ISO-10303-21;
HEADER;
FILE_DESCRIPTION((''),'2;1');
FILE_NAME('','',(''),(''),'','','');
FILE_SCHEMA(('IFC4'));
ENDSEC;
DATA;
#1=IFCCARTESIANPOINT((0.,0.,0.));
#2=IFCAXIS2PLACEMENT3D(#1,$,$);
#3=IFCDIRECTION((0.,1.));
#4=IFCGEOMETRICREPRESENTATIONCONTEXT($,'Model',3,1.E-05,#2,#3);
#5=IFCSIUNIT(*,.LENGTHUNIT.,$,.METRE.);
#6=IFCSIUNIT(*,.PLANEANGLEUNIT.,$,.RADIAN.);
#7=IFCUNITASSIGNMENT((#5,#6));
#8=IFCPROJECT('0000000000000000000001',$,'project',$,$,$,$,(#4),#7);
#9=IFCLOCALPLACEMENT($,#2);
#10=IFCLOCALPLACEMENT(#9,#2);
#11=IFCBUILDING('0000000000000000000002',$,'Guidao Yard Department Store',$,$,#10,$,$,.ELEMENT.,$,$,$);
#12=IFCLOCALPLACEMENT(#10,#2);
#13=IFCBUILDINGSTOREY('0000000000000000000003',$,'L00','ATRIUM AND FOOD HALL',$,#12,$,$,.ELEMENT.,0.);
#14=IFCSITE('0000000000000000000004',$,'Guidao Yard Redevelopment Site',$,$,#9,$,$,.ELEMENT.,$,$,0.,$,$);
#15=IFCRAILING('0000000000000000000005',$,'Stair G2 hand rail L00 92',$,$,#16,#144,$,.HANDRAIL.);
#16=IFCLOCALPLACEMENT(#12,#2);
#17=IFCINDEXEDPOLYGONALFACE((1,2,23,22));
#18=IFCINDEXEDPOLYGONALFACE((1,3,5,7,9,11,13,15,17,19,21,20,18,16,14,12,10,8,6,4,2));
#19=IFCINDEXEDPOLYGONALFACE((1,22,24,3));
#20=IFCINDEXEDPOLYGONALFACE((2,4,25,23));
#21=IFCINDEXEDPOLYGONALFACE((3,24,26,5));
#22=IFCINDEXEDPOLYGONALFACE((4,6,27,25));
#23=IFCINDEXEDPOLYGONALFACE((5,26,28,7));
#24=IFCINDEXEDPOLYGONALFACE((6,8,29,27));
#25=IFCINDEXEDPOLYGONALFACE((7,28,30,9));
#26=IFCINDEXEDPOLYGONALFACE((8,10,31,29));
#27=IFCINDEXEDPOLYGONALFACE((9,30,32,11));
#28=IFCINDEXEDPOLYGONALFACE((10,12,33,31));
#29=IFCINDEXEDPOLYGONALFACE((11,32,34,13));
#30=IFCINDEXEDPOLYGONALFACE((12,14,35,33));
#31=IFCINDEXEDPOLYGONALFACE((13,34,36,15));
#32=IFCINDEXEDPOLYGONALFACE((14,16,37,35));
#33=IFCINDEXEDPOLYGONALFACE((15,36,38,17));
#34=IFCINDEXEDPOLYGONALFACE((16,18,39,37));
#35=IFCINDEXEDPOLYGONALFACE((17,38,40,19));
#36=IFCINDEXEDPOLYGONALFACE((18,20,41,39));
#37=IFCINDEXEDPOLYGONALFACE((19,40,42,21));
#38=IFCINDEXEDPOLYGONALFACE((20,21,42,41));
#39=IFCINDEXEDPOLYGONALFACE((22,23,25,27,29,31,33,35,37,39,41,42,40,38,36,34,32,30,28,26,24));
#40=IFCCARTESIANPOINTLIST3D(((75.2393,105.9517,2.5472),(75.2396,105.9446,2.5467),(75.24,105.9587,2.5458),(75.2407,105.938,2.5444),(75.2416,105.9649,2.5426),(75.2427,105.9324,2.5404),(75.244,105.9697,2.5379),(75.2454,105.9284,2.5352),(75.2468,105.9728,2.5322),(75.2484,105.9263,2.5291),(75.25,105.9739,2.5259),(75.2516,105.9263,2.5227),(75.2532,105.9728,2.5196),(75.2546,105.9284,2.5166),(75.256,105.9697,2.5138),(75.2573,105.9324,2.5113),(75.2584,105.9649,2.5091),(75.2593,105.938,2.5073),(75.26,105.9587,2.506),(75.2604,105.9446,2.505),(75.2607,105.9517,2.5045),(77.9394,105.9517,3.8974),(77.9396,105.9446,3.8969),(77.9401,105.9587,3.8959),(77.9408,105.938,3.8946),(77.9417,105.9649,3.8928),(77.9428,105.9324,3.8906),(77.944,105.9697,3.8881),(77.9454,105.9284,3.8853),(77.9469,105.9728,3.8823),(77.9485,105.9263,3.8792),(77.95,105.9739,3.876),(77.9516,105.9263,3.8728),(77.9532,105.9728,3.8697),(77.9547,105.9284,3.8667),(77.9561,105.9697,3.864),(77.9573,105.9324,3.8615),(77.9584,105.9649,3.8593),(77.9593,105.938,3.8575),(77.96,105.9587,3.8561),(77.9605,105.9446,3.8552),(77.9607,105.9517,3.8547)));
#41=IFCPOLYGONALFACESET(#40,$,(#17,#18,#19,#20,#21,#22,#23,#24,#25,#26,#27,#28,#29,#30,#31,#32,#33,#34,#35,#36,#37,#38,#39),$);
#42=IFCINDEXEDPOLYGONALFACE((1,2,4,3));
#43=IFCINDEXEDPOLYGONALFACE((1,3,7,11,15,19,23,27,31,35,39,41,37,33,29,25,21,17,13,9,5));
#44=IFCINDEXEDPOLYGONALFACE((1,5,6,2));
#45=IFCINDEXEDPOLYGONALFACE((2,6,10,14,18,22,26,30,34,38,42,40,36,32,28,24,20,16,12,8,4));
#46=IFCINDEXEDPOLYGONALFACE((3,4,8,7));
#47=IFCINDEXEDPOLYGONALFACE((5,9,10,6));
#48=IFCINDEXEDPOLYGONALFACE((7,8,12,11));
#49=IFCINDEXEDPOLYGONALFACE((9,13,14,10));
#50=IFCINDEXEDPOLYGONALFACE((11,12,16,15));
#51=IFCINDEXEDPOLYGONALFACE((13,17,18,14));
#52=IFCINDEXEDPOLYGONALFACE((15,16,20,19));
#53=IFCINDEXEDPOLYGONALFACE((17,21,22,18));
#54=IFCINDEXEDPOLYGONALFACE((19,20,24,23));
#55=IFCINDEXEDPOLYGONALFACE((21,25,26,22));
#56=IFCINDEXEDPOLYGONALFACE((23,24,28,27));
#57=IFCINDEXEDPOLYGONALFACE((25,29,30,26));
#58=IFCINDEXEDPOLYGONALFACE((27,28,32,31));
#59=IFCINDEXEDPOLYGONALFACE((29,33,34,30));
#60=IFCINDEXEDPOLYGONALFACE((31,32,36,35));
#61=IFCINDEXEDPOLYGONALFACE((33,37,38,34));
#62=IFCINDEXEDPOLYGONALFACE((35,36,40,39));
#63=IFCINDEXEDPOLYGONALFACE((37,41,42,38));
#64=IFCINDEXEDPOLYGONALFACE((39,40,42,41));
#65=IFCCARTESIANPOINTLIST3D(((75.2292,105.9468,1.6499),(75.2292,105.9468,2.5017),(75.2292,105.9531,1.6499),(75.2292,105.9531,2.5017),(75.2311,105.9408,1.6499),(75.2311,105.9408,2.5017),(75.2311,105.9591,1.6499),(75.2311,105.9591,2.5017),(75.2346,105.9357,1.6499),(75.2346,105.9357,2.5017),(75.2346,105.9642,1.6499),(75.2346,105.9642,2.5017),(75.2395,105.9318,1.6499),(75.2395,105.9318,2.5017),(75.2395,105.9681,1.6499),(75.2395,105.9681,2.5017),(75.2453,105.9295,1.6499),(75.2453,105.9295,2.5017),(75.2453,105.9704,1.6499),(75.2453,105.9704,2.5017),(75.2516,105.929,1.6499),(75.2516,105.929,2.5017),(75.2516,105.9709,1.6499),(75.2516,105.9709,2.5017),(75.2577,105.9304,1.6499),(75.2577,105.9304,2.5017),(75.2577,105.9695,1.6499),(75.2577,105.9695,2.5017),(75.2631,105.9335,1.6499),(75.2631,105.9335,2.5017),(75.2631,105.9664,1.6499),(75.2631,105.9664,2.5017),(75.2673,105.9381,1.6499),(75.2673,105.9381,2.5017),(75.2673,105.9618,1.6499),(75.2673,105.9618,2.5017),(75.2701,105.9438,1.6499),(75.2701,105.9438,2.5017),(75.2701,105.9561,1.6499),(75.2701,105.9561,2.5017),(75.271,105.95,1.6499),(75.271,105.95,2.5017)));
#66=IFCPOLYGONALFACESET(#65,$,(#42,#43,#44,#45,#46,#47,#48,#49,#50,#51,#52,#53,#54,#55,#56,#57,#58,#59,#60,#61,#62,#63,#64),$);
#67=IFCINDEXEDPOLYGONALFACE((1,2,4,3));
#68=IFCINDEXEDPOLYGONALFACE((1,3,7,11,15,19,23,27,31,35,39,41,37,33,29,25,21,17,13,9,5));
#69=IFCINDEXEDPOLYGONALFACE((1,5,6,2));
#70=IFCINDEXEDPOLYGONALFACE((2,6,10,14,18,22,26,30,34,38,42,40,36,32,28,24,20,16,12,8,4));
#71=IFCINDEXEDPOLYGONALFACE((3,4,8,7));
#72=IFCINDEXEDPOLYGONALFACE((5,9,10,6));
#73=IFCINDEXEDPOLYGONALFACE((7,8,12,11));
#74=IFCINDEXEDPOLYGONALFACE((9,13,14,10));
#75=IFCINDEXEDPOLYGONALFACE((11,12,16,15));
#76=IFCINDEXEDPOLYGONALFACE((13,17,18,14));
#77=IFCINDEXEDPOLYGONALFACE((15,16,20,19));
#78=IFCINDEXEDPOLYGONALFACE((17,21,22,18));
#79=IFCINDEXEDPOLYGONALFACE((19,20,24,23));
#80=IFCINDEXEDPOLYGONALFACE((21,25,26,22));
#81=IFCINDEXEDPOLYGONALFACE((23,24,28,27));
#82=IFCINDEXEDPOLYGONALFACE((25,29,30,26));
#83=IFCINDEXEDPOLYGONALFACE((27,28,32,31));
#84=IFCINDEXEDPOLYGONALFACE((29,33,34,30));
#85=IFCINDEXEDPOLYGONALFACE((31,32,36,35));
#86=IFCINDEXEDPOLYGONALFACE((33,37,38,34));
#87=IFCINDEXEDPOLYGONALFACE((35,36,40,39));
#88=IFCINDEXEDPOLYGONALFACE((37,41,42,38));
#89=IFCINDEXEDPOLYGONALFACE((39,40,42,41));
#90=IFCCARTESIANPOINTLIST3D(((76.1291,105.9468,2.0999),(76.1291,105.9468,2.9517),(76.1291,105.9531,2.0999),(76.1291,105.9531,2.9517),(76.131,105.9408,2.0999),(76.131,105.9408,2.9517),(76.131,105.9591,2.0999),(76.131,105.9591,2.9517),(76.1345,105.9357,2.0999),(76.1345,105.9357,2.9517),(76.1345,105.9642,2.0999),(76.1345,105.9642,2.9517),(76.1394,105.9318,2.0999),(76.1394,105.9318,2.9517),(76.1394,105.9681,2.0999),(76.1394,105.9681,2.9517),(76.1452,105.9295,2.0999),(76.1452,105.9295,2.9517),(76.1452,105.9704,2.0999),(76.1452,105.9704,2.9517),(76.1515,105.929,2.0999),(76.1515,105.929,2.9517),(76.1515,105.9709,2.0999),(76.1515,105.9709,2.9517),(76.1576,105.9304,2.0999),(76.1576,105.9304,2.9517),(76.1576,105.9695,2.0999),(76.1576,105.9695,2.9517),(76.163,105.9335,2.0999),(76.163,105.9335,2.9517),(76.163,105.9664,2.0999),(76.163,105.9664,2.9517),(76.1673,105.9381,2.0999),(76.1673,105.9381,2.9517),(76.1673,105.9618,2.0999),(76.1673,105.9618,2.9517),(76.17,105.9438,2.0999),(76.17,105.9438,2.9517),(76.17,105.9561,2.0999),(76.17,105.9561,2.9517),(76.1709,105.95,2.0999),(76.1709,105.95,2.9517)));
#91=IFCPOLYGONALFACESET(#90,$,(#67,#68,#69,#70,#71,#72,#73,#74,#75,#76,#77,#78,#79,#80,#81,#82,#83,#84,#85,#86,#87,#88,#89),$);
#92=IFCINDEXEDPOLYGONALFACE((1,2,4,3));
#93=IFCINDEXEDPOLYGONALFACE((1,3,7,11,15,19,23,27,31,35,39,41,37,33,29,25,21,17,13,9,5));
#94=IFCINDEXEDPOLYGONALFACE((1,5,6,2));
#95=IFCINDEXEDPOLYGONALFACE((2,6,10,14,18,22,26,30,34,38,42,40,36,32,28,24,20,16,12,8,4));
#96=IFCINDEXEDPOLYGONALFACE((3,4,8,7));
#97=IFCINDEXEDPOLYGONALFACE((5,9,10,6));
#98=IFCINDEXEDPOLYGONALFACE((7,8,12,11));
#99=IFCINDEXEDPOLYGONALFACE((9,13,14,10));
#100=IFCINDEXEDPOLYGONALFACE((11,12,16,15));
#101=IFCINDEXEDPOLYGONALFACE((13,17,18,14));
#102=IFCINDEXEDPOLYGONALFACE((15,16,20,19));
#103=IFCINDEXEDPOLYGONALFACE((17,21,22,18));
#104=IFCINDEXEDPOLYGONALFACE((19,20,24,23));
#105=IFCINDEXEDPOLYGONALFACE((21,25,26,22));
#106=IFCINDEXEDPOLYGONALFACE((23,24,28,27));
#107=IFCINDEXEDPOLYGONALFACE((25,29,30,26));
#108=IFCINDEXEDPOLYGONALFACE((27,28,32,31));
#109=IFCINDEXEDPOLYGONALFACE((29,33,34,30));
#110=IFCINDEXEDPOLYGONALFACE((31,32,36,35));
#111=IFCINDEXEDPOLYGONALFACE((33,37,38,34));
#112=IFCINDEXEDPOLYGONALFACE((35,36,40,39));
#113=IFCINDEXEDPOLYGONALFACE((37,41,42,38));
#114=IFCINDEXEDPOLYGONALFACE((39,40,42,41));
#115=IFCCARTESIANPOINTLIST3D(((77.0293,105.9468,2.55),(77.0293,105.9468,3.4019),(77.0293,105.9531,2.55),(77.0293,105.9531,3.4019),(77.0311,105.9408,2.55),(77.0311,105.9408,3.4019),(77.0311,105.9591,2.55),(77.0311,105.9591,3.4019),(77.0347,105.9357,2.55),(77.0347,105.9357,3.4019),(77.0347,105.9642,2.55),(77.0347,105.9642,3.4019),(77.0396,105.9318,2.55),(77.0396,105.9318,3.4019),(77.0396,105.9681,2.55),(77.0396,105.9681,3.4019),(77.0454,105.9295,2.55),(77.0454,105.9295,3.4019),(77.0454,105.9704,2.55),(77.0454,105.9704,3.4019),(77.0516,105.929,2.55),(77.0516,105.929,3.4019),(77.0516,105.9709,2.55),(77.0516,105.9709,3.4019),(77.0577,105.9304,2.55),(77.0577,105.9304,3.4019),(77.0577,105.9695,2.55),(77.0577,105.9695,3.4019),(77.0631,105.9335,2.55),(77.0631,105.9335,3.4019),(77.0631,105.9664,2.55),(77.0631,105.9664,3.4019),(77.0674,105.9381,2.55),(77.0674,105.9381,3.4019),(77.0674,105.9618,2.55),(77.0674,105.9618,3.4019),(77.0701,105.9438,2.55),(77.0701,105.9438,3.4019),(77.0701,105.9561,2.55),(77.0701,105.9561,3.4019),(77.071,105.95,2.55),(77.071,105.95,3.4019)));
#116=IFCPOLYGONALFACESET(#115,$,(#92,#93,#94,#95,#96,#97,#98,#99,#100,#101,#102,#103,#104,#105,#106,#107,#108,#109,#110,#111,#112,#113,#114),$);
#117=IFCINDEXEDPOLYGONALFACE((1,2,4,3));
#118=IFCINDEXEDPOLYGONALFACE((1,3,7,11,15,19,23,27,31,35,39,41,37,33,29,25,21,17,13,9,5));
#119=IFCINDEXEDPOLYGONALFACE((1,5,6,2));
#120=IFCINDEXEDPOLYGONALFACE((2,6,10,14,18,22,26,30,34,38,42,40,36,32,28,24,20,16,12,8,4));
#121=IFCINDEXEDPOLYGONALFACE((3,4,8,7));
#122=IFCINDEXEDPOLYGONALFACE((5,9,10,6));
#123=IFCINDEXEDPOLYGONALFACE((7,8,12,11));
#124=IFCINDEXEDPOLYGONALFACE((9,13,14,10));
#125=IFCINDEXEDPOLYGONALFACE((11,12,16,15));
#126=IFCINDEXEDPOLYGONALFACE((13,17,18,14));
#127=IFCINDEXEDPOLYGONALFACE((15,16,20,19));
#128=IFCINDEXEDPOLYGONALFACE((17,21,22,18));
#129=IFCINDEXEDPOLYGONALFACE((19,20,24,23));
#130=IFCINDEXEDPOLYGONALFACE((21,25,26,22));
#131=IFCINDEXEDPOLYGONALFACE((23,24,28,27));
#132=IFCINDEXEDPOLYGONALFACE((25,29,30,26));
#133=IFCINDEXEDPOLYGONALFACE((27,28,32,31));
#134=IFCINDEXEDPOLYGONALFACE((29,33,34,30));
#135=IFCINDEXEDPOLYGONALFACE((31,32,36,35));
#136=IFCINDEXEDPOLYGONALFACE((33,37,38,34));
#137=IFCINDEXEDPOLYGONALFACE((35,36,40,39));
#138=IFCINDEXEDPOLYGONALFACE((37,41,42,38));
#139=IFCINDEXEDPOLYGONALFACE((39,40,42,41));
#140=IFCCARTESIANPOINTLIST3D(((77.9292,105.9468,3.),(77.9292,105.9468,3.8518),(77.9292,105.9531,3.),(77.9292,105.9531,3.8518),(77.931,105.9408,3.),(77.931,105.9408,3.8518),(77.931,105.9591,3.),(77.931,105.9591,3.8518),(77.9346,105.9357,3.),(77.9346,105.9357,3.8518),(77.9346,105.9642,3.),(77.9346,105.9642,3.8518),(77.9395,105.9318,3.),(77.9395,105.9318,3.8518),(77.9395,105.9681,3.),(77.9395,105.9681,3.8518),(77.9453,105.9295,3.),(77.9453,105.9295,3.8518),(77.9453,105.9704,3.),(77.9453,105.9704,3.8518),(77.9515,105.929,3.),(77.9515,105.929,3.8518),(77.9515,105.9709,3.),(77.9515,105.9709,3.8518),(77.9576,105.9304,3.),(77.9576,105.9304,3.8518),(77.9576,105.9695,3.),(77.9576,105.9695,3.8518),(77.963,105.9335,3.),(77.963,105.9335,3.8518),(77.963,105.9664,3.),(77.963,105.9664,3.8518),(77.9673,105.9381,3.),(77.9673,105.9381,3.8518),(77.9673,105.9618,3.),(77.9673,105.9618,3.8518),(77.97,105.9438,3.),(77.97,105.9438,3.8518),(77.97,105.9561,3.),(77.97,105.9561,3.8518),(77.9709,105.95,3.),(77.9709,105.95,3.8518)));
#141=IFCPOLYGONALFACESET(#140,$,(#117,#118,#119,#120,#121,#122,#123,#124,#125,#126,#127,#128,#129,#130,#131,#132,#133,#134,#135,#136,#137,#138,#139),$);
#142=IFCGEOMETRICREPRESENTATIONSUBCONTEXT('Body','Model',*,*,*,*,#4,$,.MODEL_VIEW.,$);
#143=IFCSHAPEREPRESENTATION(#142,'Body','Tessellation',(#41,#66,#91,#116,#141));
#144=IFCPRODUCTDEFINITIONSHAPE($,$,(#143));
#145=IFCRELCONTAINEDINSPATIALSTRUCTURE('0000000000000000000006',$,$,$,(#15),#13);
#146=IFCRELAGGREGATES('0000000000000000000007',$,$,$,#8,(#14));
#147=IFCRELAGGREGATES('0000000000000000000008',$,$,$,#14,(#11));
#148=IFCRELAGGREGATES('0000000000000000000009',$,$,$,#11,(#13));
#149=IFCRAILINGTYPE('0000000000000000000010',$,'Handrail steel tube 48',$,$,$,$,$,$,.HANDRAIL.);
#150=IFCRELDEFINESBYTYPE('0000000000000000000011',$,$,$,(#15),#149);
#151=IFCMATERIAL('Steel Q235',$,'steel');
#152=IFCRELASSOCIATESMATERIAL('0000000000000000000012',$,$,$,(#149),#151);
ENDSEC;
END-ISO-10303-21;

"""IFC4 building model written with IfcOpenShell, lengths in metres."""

from ifc_helpers import new_model, si_unit, direction, frame, origin, origin_2d, place, context, subcontext, project, spatial, circle, extrude, material, type_object, element, save


model = new_model("IFC4")

# Units and contexts
model_context = context("Model", 3, precision=1e-05, world=origin(), true_north=direction((0.0, 1.0)))
body_context = subcontext(model_context, "Body", "Model", "MODEL_VIEW")
ifc_project = project(units=[si_unit("LENGTHUNIT", "METRE"), si_unit("PLANEANGLEUNIT", "RADIAN")], contexts=[model_context])

# Site, building, storey
site_placement = place(None, origin())
site = spatial("IfcSite", under=ifc_project, at=site_placement, Name="Guidao Yard Redevelopment Site", CompositionType="ELEMENT", RefElevation=0.0)
building_placement = place(site_placement, origin())
building = spatial("IfcBuilding", under=site, at=building_placement, Name="Guidao Yard Department Store", CompositionType="ELEMENT")
storey_placement = place(building_placement, origin())
storey = spatial("IfcBuildingStorey", under=building, at=storey_placement, Name="L00", Description="ATRIUM AND FOOD HALL", CompositionType="ELEMENT", Elevation=0.0)

# Railing
ifc_material_1 = material(Name="Steel Q235", Category="steel")
railing_type = type_object("IfcRailingType", Name="Handrail steel tube 48", PredefinedType="HANDRAIL", material=ifc_material_1)
for number, where, name in (
    (1, (75.25, 105.95, 1.6499), "Stair G2 hand rail L00 92"),
):
    element("IfcRailing", number, at=place(storey_placement, frame(where)), inside=storey, type_object=railing_type, Name=name, PredefinedType="HANDRAIL", context=body_context, shape_type="SweptSolid", body=[
        extrude(circle(Radius=0.0239, at=origin_2d()), frame((0.0, 0.0, 0.876), z_axis=(0.894411, 0.0, 0.447246), x_axis=(0.0, 1.0, 0.0)), (0.0, 0.0, 1.0), 3.0188),
        extrude(circle(Radius=0.021, at=origin_2d()), origin(), (0.0, 0.0, 1.0), 0.8518),
        extrude(circle(Radius=0.021, at=origin_2d()), frame((0.8999, 0.0, 0.45)), (0.0, 0.0, 1.0), 0.8518),
        extrude(circle(Radius=0.021, at=origin_2d()), frame((1.8, 0.0, 0.9001)), (0.0, 0.0, 1.0), 0.8518),
        extrude(circle(Radius=0.021, at=origin_2d()), frame((2.7, 0.0, 1.3501)), (0.0, 0.0, 1.0), 0.8518),
    ])

save(model, "model.ifc")
